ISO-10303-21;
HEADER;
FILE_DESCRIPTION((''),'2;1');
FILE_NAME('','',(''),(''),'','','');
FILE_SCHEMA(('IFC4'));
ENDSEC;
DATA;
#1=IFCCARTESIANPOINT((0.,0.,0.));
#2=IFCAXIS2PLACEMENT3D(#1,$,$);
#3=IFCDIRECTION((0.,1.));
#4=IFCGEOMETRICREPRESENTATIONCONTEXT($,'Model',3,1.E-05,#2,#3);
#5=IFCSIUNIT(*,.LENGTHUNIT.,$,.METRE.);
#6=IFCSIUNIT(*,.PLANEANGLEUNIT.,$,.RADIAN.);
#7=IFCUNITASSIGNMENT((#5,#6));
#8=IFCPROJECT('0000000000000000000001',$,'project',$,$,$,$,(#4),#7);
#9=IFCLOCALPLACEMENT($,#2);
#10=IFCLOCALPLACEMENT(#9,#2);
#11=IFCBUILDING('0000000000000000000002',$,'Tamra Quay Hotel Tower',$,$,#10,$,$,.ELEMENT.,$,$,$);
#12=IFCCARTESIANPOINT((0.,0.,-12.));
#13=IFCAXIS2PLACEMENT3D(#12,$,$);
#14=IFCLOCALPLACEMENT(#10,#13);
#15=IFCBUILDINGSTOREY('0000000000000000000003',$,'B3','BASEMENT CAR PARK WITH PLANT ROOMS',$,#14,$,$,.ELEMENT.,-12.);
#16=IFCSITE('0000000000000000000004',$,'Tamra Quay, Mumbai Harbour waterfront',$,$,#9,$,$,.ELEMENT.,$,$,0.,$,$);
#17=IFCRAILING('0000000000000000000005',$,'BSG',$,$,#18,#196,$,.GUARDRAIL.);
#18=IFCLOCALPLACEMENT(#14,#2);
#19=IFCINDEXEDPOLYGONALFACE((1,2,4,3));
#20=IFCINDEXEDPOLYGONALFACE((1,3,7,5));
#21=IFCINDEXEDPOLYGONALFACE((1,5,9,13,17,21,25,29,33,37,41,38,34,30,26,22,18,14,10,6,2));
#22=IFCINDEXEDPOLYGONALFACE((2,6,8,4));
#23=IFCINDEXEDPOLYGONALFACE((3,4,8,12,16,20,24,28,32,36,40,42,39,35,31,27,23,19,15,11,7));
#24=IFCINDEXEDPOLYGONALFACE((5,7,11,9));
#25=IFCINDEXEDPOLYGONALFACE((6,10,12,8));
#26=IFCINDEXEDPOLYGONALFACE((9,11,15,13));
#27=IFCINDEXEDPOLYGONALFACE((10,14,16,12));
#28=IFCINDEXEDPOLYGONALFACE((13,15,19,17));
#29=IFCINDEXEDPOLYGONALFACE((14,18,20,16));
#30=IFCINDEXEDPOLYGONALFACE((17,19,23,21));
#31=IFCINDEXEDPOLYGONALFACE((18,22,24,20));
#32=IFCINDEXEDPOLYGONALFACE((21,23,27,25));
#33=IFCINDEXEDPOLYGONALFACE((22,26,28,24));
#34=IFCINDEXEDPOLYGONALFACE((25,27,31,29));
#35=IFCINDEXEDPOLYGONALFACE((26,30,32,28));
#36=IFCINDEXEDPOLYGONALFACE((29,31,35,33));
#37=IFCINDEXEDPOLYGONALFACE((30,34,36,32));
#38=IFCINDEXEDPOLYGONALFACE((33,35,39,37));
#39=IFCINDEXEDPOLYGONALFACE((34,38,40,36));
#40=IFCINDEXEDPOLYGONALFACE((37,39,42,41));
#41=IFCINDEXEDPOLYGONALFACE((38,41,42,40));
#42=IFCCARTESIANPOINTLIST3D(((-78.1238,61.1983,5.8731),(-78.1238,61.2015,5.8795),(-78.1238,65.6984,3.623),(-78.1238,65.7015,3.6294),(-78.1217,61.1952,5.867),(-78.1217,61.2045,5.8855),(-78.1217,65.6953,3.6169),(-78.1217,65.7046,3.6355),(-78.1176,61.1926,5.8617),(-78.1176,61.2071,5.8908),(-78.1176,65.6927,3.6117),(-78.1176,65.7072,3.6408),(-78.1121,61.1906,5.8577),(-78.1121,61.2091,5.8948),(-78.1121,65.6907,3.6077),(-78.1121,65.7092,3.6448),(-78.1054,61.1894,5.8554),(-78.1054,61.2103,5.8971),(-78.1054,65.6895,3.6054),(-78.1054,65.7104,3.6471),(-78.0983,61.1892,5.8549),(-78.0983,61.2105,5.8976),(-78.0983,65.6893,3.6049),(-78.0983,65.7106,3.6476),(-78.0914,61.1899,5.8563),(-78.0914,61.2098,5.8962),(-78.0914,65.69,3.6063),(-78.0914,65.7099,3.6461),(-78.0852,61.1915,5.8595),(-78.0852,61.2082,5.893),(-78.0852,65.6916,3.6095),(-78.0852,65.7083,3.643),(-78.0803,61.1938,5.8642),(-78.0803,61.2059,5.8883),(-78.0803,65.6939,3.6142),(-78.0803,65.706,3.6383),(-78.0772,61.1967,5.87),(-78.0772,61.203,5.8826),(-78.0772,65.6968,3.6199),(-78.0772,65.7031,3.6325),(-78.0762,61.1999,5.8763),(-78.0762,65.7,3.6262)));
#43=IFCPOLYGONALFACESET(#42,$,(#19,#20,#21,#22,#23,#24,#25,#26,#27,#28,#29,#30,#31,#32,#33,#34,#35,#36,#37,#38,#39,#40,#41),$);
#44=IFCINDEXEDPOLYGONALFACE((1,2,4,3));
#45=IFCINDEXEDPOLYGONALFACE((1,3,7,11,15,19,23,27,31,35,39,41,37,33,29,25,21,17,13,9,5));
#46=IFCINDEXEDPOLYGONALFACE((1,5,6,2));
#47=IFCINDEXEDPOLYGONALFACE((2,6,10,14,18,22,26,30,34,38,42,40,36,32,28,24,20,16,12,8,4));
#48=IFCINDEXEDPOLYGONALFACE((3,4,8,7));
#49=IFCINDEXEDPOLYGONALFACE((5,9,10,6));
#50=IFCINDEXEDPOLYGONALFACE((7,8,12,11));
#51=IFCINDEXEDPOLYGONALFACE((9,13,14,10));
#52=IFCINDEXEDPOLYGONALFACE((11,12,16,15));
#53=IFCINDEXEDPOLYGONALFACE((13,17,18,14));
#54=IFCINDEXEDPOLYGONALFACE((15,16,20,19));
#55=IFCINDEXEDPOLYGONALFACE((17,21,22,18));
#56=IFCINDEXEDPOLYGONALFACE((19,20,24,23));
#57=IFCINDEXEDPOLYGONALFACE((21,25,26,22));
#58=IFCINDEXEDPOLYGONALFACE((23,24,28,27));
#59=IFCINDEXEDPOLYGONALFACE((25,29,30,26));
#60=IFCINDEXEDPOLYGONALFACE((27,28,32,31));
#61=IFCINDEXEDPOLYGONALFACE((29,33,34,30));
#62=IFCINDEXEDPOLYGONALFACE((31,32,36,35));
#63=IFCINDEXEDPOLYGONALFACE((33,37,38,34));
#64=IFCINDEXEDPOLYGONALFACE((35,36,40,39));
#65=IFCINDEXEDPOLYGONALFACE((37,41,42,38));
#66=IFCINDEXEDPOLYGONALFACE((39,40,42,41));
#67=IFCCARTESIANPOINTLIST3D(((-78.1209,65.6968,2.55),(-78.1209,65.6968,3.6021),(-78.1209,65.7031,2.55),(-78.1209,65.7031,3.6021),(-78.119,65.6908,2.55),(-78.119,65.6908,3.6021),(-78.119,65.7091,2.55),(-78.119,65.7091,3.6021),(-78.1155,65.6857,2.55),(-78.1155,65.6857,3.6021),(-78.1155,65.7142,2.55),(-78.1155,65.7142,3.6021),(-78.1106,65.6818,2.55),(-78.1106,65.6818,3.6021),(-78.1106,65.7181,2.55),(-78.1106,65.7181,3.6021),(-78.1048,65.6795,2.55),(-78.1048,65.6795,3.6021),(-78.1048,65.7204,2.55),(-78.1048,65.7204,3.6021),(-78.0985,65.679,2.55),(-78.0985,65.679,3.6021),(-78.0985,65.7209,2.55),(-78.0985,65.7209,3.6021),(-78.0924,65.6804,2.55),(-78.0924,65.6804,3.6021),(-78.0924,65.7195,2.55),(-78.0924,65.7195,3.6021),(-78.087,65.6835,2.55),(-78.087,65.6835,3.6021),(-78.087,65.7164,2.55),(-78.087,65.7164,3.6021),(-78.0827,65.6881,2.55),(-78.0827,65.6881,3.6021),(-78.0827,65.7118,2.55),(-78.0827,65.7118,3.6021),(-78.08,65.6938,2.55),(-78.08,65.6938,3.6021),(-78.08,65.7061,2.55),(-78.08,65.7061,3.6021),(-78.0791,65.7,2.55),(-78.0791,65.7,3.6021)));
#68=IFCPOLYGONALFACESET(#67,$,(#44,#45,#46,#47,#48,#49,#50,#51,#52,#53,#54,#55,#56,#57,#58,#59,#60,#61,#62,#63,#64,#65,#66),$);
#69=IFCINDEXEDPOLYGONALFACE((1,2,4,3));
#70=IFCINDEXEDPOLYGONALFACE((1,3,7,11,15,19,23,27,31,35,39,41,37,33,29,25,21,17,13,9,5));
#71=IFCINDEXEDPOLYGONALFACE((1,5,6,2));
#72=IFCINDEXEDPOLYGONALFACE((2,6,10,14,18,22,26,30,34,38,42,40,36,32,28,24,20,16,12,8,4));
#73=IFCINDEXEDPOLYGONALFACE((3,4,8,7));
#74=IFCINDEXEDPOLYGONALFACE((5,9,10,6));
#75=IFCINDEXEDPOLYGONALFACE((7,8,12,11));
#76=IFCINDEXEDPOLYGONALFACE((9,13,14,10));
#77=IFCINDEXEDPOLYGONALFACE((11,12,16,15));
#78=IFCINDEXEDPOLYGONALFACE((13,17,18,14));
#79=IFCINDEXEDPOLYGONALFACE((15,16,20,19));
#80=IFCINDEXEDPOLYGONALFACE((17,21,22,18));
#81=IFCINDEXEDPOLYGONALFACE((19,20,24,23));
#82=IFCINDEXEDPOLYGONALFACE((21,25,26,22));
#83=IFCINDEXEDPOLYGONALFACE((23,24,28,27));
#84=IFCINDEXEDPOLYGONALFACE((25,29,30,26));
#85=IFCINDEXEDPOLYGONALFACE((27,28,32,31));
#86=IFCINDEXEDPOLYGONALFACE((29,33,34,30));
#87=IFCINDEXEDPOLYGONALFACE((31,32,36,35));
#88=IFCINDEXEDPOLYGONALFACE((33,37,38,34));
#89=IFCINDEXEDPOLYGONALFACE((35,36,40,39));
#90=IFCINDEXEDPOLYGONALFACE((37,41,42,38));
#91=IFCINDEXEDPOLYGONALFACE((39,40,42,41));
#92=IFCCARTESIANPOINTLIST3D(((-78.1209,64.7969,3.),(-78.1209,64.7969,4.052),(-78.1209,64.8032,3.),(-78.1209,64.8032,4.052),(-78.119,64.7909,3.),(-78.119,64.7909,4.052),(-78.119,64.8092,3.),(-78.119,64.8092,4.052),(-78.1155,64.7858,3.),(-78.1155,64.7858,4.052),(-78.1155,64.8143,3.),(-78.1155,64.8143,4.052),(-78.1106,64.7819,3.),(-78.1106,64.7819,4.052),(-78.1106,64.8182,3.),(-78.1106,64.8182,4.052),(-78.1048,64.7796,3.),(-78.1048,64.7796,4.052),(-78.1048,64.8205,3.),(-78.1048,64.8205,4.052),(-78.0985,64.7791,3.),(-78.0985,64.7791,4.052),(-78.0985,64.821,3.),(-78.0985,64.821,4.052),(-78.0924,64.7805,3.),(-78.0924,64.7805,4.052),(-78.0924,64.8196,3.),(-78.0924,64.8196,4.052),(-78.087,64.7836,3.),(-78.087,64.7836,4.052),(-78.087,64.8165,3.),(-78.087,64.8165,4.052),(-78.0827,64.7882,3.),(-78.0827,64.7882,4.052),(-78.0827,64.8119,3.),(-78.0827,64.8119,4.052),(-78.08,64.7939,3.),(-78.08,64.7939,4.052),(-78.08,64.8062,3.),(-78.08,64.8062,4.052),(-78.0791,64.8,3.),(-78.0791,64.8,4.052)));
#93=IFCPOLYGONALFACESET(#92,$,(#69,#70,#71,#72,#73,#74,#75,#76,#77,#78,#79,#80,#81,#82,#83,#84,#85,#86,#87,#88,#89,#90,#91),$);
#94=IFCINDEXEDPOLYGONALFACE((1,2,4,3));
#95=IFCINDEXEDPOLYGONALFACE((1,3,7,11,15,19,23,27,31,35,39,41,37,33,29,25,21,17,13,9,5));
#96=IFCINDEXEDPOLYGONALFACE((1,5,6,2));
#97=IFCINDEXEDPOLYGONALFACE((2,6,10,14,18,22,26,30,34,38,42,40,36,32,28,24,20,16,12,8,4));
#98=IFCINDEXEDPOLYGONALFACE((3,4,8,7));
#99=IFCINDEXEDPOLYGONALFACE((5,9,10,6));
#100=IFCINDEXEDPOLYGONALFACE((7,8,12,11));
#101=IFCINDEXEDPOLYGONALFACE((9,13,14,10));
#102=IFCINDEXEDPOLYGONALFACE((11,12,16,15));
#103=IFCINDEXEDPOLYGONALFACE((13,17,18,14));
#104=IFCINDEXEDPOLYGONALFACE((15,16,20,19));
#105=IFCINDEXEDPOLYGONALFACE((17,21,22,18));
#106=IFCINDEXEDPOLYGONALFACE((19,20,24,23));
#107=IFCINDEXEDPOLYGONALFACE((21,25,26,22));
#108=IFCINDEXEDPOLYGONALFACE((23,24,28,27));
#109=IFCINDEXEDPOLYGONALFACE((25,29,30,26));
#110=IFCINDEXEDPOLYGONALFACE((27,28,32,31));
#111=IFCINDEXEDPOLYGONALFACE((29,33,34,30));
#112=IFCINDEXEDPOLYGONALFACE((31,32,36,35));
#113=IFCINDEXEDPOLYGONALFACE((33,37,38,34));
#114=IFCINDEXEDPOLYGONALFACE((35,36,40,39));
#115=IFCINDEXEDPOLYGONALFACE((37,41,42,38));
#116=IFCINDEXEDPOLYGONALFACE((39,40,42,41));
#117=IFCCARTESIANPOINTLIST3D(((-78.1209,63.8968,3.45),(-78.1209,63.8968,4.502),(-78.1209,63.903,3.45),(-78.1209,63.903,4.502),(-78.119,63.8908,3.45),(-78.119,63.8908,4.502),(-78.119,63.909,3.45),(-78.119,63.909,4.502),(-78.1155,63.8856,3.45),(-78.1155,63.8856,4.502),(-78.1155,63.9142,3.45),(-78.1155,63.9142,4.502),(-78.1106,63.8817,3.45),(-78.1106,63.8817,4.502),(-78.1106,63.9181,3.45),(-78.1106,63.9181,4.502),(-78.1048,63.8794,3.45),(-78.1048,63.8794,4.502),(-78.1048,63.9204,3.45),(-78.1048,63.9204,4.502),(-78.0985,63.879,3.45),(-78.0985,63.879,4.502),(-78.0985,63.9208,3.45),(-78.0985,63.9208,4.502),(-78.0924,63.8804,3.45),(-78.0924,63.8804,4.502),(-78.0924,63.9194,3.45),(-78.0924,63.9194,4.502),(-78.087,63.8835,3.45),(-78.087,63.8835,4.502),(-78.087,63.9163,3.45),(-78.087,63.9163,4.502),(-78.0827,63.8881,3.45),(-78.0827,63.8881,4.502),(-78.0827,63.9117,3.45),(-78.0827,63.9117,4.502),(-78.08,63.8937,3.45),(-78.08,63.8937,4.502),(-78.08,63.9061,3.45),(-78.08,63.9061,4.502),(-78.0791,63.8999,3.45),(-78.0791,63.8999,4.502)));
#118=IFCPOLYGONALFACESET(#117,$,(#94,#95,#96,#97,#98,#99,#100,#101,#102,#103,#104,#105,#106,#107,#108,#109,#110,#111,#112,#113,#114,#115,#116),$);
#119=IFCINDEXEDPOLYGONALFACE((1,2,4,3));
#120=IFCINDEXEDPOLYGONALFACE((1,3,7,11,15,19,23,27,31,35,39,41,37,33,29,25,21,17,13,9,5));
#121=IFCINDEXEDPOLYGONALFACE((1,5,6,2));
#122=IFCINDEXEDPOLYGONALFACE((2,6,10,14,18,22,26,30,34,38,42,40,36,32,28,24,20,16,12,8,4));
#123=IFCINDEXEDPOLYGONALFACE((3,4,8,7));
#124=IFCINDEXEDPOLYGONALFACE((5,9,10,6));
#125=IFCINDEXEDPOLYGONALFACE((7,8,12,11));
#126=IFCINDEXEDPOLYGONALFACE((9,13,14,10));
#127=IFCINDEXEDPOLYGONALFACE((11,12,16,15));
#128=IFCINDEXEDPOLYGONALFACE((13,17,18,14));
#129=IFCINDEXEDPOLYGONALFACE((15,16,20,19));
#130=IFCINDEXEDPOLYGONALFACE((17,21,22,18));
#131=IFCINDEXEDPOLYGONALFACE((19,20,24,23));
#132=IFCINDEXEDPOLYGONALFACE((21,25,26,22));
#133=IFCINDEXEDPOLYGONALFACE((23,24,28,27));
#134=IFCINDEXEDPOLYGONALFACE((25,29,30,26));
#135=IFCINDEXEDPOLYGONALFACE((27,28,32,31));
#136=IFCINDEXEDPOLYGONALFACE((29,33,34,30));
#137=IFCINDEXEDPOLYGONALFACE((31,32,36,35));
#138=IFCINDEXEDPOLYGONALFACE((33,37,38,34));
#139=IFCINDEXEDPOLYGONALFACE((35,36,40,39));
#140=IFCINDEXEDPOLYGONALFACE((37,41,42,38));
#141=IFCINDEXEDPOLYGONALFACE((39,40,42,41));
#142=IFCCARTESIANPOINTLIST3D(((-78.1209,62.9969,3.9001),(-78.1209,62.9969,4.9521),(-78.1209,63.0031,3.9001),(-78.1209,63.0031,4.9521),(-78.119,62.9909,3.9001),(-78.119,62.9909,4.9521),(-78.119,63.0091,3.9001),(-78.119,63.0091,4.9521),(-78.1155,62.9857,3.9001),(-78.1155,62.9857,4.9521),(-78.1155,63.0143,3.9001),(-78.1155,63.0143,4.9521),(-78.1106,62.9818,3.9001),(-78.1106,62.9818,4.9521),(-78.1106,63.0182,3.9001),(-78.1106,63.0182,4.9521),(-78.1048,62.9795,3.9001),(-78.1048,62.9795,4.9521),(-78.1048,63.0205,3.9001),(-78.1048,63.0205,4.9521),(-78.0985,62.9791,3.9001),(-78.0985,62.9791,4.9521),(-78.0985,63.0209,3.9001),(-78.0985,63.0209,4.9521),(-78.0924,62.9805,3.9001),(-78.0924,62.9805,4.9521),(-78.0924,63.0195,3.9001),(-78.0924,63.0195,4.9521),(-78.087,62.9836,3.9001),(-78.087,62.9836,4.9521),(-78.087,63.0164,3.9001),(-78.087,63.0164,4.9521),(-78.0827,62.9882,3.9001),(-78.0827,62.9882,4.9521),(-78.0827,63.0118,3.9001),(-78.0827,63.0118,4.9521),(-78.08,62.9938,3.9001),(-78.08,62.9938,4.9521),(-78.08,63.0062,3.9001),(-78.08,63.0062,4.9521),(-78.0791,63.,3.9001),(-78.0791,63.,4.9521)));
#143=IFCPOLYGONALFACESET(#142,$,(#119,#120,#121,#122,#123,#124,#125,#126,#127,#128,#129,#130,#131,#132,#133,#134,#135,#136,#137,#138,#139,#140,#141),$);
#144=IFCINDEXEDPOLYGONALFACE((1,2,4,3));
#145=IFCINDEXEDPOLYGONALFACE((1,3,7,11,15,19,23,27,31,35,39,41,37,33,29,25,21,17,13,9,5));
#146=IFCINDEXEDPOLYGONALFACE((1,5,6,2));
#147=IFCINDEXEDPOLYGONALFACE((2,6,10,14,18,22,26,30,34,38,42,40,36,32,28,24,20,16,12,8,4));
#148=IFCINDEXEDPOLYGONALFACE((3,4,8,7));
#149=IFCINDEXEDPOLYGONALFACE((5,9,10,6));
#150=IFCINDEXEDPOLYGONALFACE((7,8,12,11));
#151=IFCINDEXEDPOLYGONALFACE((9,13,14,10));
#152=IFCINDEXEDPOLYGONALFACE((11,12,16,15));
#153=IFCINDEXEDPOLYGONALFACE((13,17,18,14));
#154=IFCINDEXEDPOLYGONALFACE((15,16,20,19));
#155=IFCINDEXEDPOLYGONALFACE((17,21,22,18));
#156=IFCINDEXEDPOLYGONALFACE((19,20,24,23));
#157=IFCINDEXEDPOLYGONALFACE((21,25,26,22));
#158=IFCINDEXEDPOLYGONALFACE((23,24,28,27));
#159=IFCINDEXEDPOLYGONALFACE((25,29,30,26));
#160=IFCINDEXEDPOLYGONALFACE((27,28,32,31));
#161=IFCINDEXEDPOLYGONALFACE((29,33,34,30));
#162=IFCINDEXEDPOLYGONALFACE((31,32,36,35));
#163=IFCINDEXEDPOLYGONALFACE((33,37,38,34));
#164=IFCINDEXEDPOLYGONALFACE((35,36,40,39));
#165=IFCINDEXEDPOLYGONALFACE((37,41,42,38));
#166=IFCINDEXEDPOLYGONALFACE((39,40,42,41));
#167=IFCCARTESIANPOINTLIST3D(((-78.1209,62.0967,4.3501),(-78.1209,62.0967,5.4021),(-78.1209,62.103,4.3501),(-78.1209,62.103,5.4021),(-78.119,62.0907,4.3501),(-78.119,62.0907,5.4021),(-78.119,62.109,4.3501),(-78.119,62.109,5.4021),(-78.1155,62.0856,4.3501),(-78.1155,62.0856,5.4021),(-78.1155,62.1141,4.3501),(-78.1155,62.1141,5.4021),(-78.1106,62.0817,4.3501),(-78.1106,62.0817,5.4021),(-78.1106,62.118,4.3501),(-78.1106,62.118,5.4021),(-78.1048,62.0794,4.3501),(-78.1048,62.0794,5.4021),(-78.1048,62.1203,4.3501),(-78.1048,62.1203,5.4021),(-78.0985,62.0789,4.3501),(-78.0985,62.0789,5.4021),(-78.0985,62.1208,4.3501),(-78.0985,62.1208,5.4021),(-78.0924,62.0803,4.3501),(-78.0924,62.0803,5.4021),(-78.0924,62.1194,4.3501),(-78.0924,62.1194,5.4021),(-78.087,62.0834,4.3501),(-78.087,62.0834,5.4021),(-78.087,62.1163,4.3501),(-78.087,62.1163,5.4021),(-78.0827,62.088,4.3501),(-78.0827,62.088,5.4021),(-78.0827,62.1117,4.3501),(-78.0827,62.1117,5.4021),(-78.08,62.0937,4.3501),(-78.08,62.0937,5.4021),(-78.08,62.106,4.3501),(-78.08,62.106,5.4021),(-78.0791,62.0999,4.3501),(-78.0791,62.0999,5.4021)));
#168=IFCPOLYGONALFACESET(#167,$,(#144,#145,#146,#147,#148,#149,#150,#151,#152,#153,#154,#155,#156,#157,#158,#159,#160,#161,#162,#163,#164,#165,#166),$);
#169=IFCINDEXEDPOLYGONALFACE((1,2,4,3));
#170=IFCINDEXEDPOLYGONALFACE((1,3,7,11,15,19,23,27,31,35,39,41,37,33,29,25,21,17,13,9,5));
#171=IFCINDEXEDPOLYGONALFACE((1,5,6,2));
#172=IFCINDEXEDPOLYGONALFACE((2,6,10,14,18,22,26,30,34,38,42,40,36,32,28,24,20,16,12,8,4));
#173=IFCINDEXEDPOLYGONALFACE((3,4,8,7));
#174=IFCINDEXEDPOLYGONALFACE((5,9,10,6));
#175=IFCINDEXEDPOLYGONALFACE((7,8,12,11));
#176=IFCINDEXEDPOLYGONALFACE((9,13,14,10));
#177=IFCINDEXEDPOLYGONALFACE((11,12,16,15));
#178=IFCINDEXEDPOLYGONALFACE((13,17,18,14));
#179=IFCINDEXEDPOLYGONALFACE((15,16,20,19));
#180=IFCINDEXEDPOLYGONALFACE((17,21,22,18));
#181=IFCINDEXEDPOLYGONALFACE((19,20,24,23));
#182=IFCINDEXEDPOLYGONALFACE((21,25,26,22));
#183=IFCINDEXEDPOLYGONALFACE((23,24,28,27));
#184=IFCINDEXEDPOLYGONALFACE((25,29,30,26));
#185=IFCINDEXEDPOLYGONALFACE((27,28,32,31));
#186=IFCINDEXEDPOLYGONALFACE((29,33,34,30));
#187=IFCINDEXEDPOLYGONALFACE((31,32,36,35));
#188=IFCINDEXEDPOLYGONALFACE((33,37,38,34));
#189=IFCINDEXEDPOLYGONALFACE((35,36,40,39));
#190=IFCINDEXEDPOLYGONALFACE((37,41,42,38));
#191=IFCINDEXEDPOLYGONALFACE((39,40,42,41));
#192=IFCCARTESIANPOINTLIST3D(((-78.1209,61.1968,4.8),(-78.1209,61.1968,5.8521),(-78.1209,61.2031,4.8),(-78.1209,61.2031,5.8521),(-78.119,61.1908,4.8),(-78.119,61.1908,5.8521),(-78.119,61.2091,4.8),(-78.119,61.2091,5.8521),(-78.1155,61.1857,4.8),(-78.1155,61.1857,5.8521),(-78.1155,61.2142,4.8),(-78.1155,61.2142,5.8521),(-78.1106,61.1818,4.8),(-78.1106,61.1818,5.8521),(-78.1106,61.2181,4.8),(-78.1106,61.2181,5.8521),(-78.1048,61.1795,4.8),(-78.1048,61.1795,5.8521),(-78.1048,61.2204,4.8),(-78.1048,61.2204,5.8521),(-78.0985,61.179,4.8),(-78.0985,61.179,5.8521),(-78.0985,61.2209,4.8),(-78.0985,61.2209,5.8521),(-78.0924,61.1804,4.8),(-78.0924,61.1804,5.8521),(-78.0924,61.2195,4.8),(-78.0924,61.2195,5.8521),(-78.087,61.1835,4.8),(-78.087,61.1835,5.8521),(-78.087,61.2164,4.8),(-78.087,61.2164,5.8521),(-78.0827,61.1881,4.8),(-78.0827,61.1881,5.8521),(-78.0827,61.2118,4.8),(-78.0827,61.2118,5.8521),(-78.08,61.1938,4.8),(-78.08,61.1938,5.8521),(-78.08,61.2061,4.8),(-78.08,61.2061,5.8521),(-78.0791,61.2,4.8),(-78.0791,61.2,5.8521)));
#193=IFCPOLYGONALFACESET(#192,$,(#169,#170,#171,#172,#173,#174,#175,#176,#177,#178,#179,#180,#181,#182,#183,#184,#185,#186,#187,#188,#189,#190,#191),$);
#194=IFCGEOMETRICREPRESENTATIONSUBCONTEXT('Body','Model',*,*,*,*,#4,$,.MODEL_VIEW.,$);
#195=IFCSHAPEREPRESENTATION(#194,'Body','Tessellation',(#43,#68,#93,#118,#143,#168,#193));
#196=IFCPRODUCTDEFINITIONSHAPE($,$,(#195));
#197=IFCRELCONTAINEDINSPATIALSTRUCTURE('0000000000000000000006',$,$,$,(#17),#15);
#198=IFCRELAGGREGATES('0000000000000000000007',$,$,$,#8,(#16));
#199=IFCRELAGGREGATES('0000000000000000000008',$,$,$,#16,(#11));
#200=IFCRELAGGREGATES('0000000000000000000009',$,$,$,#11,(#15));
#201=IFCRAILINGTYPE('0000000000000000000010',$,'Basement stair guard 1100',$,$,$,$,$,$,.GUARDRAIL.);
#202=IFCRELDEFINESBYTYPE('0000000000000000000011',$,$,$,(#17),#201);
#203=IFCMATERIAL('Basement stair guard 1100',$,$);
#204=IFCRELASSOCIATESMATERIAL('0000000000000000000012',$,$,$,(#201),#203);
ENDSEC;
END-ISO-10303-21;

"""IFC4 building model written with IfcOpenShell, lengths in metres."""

from ifc_helpers import new_model, si_unit, direction, frame, origin, origin_2d, place, context, subcontext, project, spatial, circle, extrude, material, type_object, element, save


model = new_model("IFC4")

# Units and contexts
model_context = context("Model", 3, precision=1e-05, world=origin(), true_north=direction((0.0, 1.0)))
body_context = subcontext(model_context, "Body", "Model", "MODEL_VIEW")
ifc_project = project(units=[si_unit("LENGTHUNIT", "METRE"), si_unit("PLANEANGLEUNIT", "RADIAN")], contexts=[model_context])

# Site, building, storey
site_placement = place(None, origin())
site = spatial("IfcSite", under=ifc_project, at=site_placement, Name="Tamra Quay, Mumbai Harbour waterfront", CompositionType="ELEMENT", RefElevation=0.0)
building_placement = place(site_placement, origin())
building = spatial("IfcBuilding", under=site, at=building_placement, Name="Tamra Quay Hotel Tower", CompositionType="ELEMENT")
storey_placement = place(building_placement, frame((0.0, 0.0, -12.0)))
storey = spatial("IfcBuildingStorey", under=building, at=storey_placement, Name="B3", Description="BASEMENT CAR PARK WITH PLANT ROOMS", CompositionType="ELEMENT", Elevation=-12.0)

# Railing
ifc_material_1 = material(Name="Basement stair guard 1100")
railing_type_1 = type_object("IfcRailingType", Name="Basement stair guard 1100", PredefinedType="GUARDRAIL", material=ifc_material_1)
railing_1_placement = place(storey_placement, frame((-78.1001, 65.7, 2.55)))
element("IfcRailing", 1, at=railing_1_placement, inside=storey, type_object=railing_type_1, Name="BSG", PredefinedType="GUARDRAIL", context=body_context, shape_type="SweptSolid", body=[
    extrude(circle(Radius=0.0239, at=origin_2d()), frame((0.0, 0.0, 1.0762), z_axis=(0.0, -0.894427, 0.447214), x_axis=(1.0, 0.0, 0.0)), (0.0, 0.0, 1.0), 5.0312),
    extrude(circle(Radius=0.021, at=origin_2d()), origin(), (0.0, 0.0, 1.0), 1.052),
    extrude(circle(Radius=0.021, at=origin_2d()), frame((0.0, -0.8999, 0.45)), (0.0, 0.0, 1.0), 1.052),
    extrude(circle(Radius=0.021, at=origin_2d()), frame((0.0, -1.8, 0.8999)), (0.0, 0.0, 1.0), 1.052),
    extrude(circle(Radius=0.021, at=origin_2d()), frame((0.0, -2.7, 1.3501)), (0.0, 0.0, 1.0), 1.052),
    extrude(circle(Radius=0.021, at=origin_2d()), frame((0.0, -3.6001, 1.8)), (0.0, 0.0, 1.0), 1.052),
    extrude(circle(Radius=0.021, at=origin_2d()), frame((0.0, -4.5, 2.25)), (0.0, 0.0, 1.0), 1.052),
])

save(model, "model.ifc")
